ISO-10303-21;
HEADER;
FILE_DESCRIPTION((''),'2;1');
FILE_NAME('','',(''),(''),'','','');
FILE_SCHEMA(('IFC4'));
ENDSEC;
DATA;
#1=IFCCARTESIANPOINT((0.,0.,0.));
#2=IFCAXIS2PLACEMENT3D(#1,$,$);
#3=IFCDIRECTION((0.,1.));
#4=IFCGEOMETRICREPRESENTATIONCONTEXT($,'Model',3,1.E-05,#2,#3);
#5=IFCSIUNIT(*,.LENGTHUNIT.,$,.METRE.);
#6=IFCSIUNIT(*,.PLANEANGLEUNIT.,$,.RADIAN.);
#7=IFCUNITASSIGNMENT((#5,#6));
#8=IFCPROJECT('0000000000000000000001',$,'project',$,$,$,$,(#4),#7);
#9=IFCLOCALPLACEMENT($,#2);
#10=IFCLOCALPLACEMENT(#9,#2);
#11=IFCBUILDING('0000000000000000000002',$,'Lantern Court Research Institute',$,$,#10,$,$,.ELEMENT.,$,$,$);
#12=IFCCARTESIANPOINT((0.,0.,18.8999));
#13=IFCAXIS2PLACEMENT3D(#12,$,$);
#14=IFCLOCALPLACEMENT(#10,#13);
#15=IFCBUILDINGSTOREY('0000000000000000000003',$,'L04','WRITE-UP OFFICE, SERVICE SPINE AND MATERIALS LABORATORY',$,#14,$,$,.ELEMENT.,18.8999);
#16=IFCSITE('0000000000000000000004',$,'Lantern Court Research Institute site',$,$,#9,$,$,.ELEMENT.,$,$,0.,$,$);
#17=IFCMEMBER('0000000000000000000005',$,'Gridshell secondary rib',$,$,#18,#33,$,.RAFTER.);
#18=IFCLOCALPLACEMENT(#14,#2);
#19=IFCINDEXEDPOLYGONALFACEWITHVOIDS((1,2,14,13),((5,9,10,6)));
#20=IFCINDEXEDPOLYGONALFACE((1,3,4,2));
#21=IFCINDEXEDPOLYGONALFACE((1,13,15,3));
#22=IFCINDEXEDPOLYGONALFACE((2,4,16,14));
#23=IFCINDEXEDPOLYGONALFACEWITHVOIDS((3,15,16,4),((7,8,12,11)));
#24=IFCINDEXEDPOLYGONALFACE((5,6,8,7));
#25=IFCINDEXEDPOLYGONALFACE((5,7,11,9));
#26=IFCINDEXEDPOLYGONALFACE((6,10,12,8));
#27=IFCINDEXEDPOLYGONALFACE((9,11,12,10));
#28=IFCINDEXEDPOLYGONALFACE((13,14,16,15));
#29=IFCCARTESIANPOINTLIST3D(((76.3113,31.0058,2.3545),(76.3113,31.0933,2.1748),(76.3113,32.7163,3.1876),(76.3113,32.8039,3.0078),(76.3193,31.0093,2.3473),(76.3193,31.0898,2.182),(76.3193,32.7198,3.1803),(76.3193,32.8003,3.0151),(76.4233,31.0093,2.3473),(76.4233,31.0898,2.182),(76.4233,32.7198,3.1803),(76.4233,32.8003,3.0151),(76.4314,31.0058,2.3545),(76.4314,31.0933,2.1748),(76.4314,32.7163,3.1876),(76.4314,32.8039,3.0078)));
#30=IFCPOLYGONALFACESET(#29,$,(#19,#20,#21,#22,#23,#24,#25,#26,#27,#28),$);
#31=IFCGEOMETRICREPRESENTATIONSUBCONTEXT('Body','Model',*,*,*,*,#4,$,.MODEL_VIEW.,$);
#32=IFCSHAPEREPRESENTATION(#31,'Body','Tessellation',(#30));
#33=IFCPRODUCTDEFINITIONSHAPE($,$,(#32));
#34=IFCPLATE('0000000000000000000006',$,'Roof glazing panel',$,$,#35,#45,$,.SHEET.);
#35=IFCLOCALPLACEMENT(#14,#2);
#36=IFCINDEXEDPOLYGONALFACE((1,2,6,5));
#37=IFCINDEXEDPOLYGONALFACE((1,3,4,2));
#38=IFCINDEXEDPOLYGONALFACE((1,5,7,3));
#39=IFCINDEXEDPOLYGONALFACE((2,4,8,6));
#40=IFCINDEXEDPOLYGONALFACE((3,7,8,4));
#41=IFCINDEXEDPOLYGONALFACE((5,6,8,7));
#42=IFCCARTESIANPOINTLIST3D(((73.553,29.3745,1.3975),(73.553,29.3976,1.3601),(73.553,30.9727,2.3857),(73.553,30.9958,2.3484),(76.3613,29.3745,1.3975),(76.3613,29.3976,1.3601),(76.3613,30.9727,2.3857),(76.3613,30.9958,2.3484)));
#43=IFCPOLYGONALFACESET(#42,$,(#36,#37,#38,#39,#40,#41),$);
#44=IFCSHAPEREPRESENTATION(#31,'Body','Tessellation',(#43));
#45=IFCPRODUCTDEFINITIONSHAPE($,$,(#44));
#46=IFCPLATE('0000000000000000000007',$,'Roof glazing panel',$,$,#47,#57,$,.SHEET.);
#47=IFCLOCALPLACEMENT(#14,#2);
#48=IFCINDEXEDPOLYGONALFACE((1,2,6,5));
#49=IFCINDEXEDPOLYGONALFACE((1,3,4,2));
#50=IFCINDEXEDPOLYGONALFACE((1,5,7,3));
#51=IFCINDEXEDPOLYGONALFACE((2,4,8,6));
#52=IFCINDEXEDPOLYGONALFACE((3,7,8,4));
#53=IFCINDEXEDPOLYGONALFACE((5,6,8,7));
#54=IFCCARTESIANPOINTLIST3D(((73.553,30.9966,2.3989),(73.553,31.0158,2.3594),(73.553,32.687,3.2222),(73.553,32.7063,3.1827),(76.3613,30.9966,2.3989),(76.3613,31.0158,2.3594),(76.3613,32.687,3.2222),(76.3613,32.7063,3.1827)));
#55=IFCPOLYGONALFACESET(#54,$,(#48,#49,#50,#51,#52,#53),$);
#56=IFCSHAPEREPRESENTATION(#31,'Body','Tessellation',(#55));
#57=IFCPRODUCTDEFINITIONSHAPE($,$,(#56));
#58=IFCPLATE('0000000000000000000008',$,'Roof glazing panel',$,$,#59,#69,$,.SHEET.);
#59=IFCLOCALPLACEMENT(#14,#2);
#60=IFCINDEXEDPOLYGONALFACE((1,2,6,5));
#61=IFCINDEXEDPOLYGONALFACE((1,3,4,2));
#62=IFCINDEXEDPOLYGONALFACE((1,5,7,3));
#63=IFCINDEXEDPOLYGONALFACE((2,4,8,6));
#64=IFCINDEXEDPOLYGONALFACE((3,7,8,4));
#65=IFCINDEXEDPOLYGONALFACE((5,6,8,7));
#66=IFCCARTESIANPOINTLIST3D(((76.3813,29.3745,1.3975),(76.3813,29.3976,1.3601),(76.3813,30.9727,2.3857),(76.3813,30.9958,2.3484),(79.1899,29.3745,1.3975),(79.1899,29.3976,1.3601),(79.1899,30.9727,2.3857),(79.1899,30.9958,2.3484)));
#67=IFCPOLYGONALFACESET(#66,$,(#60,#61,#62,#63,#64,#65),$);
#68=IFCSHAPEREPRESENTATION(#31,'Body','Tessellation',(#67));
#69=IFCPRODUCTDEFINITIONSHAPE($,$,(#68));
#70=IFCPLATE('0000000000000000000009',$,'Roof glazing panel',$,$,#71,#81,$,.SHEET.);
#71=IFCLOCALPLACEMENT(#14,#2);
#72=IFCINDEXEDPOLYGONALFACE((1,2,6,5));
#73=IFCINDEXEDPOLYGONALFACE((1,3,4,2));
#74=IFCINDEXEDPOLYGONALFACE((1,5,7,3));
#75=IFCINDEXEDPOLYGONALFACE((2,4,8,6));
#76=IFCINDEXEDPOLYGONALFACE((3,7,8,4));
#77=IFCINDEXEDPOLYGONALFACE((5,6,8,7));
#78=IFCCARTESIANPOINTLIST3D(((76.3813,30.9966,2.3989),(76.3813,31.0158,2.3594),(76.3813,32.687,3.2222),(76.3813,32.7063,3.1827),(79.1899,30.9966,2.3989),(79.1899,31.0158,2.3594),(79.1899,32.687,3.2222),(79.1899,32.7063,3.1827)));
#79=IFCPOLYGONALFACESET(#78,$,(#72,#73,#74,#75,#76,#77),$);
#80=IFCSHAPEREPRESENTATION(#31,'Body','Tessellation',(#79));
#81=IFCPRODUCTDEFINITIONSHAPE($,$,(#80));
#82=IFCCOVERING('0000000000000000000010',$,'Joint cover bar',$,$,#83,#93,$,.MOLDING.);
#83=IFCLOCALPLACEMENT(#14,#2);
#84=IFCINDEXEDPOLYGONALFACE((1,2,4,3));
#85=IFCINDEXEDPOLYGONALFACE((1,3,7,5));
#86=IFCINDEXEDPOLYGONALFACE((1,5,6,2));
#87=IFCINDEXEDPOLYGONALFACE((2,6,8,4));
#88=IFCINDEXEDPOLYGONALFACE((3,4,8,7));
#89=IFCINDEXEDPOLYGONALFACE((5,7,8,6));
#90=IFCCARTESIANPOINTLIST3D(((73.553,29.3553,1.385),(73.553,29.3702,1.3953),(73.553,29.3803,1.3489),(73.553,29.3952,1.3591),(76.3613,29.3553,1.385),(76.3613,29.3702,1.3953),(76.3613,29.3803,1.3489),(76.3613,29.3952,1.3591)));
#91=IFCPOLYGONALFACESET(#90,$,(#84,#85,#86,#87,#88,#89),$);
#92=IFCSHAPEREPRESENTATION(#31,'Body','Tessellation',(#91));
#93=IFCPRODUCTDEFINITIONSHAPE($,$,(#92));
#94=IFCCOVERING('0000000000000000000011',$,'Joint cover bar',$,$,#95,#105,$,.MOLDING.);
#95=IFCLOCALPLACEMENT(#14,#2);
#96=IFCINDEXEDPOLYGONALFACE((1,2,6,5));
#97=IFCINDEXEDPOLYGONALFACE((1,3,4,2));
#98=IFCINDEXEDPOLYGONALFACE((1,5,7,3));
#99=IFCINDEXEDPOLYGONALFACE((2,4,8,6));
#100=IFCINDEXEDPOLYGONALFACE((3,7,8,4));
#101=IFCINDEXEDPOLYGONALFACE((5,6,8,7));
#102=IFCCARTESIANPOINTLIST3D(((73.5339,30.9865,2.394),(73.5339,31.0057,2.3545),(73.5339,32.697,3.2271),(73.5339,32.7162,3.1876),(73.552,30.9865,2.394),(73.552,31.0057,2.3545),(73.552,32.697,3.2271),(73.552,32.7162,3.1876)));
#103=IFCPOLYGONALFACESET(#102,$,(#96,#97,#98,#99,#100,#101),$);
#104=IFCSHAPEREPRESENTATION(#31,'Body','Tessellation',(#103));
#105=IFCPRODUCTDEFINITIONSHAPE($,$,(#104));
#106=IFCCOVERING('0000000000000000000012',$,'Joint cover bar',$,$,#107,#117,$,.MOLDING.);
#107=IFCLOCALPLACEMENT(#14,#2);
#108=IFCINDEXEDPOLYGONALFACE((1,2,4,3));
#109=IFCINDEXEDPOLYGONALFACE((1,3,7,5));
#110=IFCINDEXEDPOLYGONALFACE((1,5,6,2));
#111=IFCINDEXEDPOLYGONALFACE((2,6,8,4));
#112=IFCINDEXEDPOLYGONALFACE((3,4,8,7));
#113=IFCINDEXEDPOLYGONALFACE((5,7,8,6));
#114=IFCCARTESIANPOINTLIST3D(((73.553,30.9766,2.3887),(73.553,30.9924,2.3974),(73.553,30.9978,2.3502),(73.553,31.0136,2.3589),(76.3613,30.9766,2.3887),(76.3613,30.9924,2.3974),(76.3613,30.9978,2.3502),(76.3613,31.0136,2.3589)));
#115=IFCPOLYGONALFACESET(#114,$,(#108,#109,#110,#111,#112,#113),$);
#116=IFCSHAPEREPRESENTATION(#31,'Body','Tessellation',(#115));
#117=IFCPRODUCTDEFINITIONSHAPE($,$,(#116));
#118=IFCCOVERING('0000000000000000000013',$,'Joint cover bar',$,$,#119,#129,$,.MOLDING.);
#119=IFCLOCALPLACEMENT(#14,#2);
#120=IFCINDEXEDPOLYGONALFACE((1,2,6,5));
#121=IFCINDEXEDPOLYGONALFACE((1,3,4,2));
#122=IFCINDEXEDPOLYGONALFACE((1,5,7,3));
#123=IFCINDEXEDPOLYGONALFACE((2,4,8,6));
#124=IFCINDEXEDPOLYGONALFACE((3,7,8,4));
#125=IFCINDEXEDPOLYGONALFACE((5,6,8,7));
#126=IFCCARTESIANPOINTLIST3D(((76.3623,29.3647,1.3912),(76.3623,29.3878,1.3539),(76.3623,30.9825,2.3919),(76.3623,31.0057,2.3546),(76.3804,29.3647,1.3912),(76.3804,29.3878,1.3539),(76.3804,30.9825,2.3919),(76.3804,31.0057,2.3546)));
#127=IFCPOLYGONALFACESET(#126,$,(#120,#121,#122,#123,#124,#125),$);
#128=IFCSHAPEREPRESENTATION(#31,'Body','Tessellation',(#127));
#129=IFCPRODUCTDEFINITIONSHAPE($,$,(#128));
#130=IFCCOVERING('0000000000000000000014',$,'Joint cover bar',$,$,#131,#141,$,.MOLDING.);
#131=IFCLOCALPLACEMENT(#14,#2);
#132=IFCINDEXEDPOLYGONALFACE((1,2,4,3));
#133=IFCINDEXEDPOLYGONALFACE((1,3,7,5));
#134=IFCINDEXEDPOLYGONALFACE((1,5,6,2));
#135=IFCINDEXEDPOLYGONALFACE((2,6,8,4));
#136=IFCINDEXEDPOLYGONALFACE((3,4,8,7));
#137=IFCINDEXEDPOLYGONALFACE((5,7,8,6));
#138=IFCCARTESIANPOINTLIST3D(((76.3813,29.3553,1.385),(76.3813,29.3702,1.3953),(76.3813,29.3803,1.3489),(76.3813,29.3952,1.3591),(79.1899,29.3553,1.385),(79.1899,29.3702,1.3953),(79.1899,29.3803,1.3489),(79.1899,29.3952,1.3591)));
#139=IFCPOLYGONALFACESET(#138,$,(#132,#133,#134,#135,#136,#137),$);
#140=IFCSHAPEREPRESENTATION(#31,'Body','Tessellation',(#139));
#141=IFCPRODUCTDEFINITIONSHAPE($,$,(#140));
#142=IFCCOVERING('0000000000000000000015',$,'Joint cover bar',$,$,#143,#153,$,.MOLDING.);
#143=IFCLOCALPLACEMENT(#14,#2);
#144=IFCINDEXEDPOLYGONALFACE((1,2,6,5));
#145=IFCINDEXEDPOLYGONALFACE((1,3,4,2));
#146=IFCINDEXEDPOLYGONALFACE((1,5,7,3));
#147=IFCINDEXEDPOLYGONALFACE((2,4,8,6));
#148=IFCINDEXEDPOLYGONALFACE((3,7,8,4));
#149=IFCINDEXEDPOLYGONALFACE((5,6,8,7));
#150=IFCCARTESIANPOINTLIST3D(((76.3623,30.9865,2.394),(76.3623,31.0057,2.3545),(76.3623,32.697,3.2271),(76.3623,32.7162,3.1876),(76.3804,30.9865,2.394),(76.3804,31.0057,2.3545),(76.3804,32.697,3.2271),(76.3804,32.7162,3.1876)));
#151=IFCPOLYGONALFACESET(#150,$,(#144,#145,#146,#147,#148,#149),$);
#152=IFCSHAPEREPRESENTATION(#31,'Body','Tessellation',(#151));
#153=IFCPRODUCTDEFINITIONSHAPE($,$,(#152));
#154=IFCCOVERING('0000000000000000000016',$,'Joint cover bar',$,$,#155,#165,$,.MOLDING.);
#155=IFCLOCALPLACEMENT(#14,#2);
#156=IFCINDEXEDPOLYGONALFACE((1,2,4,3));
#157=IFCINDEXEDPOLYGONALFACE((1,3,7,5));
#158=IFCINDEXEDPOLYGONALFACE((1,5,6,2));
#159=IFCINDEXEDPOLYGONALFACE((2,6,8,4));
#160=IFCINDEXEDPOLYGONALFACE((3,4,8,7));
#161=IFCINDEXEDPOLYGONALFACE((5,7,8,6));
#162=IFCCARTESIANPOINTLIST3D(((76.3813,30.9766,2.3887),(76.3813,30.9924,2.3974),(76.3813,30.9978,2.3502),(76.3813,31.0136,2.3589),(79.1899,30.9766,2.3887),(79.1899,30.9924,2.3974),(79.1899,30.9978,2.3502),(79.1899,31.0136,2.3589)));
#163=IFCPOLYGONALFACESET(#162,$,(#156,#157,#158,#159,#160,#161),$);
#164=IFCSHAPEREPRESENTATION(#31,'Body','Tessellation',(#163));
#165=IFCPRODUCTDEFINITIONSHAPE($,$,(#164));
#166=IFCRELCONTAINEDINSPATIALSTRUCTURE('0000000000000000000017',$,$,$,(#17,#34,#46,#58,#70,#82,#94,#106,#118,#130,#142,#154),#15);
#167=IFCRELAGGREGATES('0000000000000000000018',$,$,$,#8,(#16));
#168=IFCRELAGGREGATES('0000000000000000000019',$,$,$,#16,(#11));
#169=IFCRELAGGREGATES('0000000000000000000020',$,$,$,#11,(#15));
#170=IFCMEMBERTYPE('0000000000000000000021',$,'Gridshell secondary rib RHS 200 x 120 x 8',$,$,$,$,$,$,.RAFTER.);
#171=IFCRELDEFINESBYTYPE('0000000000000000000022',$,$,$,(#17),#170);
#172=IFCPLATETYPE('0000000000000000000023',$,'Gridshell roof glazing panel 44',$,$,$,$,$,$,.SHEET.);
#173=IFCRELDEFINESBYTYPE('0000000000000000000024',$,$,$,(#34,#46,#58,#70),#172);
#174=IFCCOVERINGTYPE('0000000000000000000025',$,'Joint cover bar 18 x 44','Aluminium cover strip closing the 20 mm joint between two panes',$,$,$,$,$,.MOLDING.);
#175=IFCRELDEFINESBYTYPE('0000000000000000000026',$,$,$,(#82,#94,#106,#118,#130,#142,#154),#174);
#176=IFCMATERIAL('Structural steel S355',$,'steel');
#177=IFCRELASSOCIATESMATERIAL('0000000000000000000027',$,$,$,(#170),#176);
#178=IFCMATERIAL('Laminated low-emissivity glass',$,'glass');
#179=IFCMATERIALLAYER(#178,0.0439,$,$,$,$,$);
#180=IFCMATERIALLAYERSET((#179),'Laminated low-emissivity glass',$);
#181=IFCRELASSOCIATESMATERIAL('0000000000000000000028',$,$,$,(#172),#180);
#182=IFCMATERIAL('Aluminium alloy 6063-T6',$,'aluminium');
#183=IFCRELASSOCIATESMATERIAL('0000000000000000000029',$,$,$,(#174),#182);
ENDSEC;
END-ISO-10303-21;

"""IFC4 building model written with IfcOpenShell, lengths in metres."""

from ifc_helpers import new_model, si_unit, direction, frame, origin, origin_2d, place, context, subcontext, project, spatial, polyline, rectangle, hollow_rectangle, outline, extrude, material, layer, layer_set, material_profile, profile_set, type_object, element, save


model = new_model("IFC4")

# Units and contexts
model_context = context("Model", 3, precision=1e-05, world=origin(), true_north=direction((0.0, 1.0)))
body_context = subcontext(model_context, "Body", "Model", "MODEL_VIEW")
ifc_project = project(units=[si_unit("LENGTHUNIT", "METRE"), si_unit("PLANEANGLEUNIT", "RADIAN")], contexts=[model_context])

# Site, building, storey
site_placement = place(None, origin())
site = spatial("IfcSite", under=ifc_project, at=site_placement, Name="Lantern Court Research Institute site", CompositionType="ELEMENT", RefElevation=0.0)
building_placement = place(site_placement, origin())
building = spatial("IfcBuilding", under=site, at=building_placement, Name="Lantern Court Research Institute", CompositionType="ELEMENT")
storey_placement = place(building_placement, frame((0.0, 0.0, 18.8999)))
storey = spatial("IfcBuildingStorey", under=building, at=storey_placement, Name="L04", Description="WRITE-UP OFFICE, SERVICE SPINE AND MATERIALS LABORATORY", CompositionType="ELEMENT", Elevation=18.8999)

# Member
ifc_material_1 = material(Name="Structural steel S355", Category="steel")
ifc_material_profile_1 = material_profile(ifc_material_1, hollow_rectangle(XDim=0.1201, YDim=0.2, WallThickness=0.0081, at=origin_2d()), Name="Gridshell secondary rib RHS 200 x 120 x 8")
ifc_profile_set_1 = profile_set([ifc_material_profile_1], Name="Structural steel S355")
member_type_1 = type_object("IfcMemberType", Name="Gridshell secondary rib RHS 200 x 120 x 8", PredefinedType="RAFTER", material=ifc_profile_set_1)
member_1_placement = place(storey_placement, frame((76.3713, 31.0496, 2.2646), z_axis=(0.0, 0.899049, 0.437847), x_axis=(-1.0, 0.0, 0.0)))
element("IfcMember", 1, at=member_1_placement, inside=storey, type_object=member_type_1, Name="Gridshell secondary rib", PredefinedType="RAFTER", context=body_context, shape_type="SweptSolid", body=[
    extrude(hollow_rectangle(XDim=0.1201, YDim=0.2, WallThickness=0.0081, at=origin_2d()), origin(), (0.0, 0.0, 1.0), 1.9026),
])

# Plates
ifc_material_2 = material(Name="Laminated low-emissivity glass", Category="glass")
ifc_layer = layer(ifc_material_2, 0.0439)
ifc_layer_set = layer_set([ifc_layer], Name="Laminated low-emissivity glass")
plate_type = type_object("IfcPlateType", Name="Gridshell roof glazing panel 44", PredefinedType="SHEET", material=ifc_layer_set)
plate_1_placement = place(storey_placement, frame((76.3613, 29.3745, 1.3975), z_axis=(0.0, -0.525952, 0.850514), x_axis=(-1.0, 0.0, 0.0)))
element("IfcPlate", 2, at=plate_1_placement, inside=storey, type_object=plate_type, Name="Roof glazing panel", PredefinedType="SHEET", context=body_context, shape_type="SweptSolid", body=[
    extrude(outline(polyline([(0.0, 0.0), (2.8083, 0.0), (2.8083, -1.879), (0.0, -1.879), (0.0, 0.0)])), origin(), (0.0, 0.0, -1.0), 0.0439),
])
plate_2_placement = place(storey_placement, frame((76.3613, 30.9966, 2.3989), z_axis=(0.0, -0.43784, 0.899053), x_axis=(-1.0, 0.0, 0.0)))
element("IfcPlate", 3, at=plate_2_placement, inside=storey, type_object=plate_type, Name="Roof glazing panel", PredefinedType="SHEET", context=body_context, shape_type="SweptSolid", body=[
    extrude(outline(polyline([(0.0, 0.0), (2.8083, 0.0), (2.8083, -1.8802), (0.0, -1.8802), (0.0, 0.0)])), origin(), (0.0, 0.0, -1.0), 0.0439),
])
plate_3_placement = place(storey_placement, frame((79.1899, 29.3745, 1.3975), z_axis=(0.0, -0.525952, 0.850514), x_axis=(-1.0, 0.0, 0.0)))
element("IfcPlate", 4, at=plate_3_placement, inside=storey, type_object=plate_type, Name="Roof glazing panel", PredefinedType="SHEET", context=body_context, shape_type="SweptSolid", body=[
    extrude(outline(polyline([(0.0, 0.0), (2.8086, 0.0), (2.8086, -1.879), (0.0, -1.879), (0.0, 0.0)])), origin(), (0.0, 0.0, -1.0), 0.0439),
])
plate_4_placement = place(storey_placement, frame((79.1899, 30.9966, 2.3989), z_axis=(0.0, -0.43784, 0.899053), x_axis=(-1.0, 0.0, 0.0)))
element("IfcPlate", 5, at=plate_4_placement, inside=storey, type_object=plate_type, Name="Roof glazing panel", PredefinedType="SHEET", context=body_context, shape_type="SweptSolid", body=[
    extrude(outline(polyline([(0.0, 0.0), (2.8086, 0.0), (2.8086, -1.8802), (0.0, -1.8802), (0.0, 0.0)])), origin(), (0.0, 0.0, -1.0), 0.0439),
])

# Coverings
ifc_material_3 = material(Name="Aluminium alloy 6063-T6", Category="aluminium")
ifc_material_profile_2 = material_profile(ifc_material_3, rectangle(XDim=0.0181, YDim=0.0439, at=origin_2d()), Name="Joint cover bar 18 x 44")
ifc_profile_set_2 = profile_set([ifc_material_profile_2], Name="Aluminium alloy 6063-T6")
covering_type = type_object("IfcCoveringType", Name="Joint cover bar 18 x 44", Description="Aluminium cover strip closing the 20 mm joint between two panes", PredefinedType="MOLDING", material=ifc_profile_set_2)
covering_1_placement = place(storey_placement, frame((73.553, 29.3752, 1.3721), z_axis=(1.0, 0.0, 0.0), x_axis=(0.0, 0.822954, 0.568108)))
element("IfcCovering", 6, at=covering_1_placement, inside=storey, type_object=covering_type, Name="Joint cover bar", PredefinedType="MOLDING", context=body_context, shape_type="SweptSolid", body=[
    extrude(rectangle(XDim=0.0181, YDim=0.0439, at=origin_2d()), origin(), (0.0, 0.0, 1.0), 2.8083),
])
covering_2_placement = place(storey_placement, frame((73.543, 30.9961, 2.3743), z_axis=(0.0, 0.899049, 0.437847), x_axis=(-1.0, 0.0, 0.0)))
element("IfcCovering", 7, at=covering_2_placement, inside=storey, type_object=covering_type, Name="Joint cover bar", PredefinedType="MOLDING", context=body_context, shape_type="SweptSolid", body=[
    extrude(rectangle(XDim=0.0181, YDim=0.0439, at=origin_2d()), origin(), (0.0, 0.0, 1.0), 1.9026),
])
covering_3_placement = place(storey_placement, frame((73.553, 30.9951, 2.3738), z_axis=(1.0, 0.0, 0.0), x_axis=(0.0, 0.875897, 0.482497)))
element("IfcCovering", 8, at=covering_3_placement, inside=storey, type_object=covering_type, Name="Joint cover bar", PredefinedType="MOLDING", context=body_context, shape_type="SweptSolid", body=[
    extrude(rectangle(XDim=0.0181, YDim=0.0439, at=origin_2d()), origin(), (0.0, 0.0, 1.0), 2.8083),
])
covering_4_placement = place(storey_placement, frame((76.3713, 29.3762, 1.3726), z_axis=(0.0, 0.850462, 0.526036), x_axis=(-1.0, 0.0, 0.0)))
element("IfcCovering", 9, at=covering_4_placement, inside=storey, type_object=covering_type, Name="Joint cover bar", PredefinedType="MOLDING", context=body_context, shape_type="SweptSolid", body=[
    extrude(rectangle(XDim=0.0181, YDim=0.0439, at=origin_2d()), origin(), (0.0, 0.0, 1.0), 1.9023),
])
covering_5_placement = place(storey_placement, frame((76.3813, 29.3752, 1.3721), z_axis=(1.0, 0.0, 0.0), x_axis=(0.0, 0.822954, 0.568108)))
element("IfcCovering", 10, at=covering_5_placement, inside=storey, type_object=covering_type, Name="Joint cover bar", PredefinedType="MOLDING", context=body_context, shape_type="SweptSolid", body=[
    extrude(rectangle(XDim=0.0181, YDim=0.0439, at=origin_2d()), origin(), (0.0, 0.0, 1.0), 2.8086),
])
covering_6_placement = place(storey_placement, frame((76.3713, 30.9961, 2.3743), z_axis=(0.0, 0.899049, 0.437847), x_axis=(-1.0, 0.0, 0.0)))
element("IfcCovering", 11, at=covering_6_placement, inside=storey, type_object=covering_type, Name="Joint cover bar", PredefinedType="MOLDING", context=body_context, shape_type="SweptSolid", body=[
    extrude(rectangle(XDim=0.0181, YDim=0.0439, at=origin_2d()), origin(), (0.0, 0.0, 1.0), 1.9026),
])
covering_7_placement = place(storey_placement, frame((76.3813, 30.9951, 2.3738), z_axis=(1.0, 0.0, 0.0), x_axis=(0.0, 0.875897, 0.482497)))
element("IfcCovering", 12, at=covering_7_placement, inside=storey, type_object=covering_type, Name="Joint cover bar", PredefinedType="MOLDING", context=body_context, shape_type="SweptSolid", body=[
    extrude(rectangle(XDim=0.0181, YDim=0.0439, at=origin_2d()), origin(), (0.0, 0.0, 1.0), 2.8086),
])

save(model, "model.ifc")
